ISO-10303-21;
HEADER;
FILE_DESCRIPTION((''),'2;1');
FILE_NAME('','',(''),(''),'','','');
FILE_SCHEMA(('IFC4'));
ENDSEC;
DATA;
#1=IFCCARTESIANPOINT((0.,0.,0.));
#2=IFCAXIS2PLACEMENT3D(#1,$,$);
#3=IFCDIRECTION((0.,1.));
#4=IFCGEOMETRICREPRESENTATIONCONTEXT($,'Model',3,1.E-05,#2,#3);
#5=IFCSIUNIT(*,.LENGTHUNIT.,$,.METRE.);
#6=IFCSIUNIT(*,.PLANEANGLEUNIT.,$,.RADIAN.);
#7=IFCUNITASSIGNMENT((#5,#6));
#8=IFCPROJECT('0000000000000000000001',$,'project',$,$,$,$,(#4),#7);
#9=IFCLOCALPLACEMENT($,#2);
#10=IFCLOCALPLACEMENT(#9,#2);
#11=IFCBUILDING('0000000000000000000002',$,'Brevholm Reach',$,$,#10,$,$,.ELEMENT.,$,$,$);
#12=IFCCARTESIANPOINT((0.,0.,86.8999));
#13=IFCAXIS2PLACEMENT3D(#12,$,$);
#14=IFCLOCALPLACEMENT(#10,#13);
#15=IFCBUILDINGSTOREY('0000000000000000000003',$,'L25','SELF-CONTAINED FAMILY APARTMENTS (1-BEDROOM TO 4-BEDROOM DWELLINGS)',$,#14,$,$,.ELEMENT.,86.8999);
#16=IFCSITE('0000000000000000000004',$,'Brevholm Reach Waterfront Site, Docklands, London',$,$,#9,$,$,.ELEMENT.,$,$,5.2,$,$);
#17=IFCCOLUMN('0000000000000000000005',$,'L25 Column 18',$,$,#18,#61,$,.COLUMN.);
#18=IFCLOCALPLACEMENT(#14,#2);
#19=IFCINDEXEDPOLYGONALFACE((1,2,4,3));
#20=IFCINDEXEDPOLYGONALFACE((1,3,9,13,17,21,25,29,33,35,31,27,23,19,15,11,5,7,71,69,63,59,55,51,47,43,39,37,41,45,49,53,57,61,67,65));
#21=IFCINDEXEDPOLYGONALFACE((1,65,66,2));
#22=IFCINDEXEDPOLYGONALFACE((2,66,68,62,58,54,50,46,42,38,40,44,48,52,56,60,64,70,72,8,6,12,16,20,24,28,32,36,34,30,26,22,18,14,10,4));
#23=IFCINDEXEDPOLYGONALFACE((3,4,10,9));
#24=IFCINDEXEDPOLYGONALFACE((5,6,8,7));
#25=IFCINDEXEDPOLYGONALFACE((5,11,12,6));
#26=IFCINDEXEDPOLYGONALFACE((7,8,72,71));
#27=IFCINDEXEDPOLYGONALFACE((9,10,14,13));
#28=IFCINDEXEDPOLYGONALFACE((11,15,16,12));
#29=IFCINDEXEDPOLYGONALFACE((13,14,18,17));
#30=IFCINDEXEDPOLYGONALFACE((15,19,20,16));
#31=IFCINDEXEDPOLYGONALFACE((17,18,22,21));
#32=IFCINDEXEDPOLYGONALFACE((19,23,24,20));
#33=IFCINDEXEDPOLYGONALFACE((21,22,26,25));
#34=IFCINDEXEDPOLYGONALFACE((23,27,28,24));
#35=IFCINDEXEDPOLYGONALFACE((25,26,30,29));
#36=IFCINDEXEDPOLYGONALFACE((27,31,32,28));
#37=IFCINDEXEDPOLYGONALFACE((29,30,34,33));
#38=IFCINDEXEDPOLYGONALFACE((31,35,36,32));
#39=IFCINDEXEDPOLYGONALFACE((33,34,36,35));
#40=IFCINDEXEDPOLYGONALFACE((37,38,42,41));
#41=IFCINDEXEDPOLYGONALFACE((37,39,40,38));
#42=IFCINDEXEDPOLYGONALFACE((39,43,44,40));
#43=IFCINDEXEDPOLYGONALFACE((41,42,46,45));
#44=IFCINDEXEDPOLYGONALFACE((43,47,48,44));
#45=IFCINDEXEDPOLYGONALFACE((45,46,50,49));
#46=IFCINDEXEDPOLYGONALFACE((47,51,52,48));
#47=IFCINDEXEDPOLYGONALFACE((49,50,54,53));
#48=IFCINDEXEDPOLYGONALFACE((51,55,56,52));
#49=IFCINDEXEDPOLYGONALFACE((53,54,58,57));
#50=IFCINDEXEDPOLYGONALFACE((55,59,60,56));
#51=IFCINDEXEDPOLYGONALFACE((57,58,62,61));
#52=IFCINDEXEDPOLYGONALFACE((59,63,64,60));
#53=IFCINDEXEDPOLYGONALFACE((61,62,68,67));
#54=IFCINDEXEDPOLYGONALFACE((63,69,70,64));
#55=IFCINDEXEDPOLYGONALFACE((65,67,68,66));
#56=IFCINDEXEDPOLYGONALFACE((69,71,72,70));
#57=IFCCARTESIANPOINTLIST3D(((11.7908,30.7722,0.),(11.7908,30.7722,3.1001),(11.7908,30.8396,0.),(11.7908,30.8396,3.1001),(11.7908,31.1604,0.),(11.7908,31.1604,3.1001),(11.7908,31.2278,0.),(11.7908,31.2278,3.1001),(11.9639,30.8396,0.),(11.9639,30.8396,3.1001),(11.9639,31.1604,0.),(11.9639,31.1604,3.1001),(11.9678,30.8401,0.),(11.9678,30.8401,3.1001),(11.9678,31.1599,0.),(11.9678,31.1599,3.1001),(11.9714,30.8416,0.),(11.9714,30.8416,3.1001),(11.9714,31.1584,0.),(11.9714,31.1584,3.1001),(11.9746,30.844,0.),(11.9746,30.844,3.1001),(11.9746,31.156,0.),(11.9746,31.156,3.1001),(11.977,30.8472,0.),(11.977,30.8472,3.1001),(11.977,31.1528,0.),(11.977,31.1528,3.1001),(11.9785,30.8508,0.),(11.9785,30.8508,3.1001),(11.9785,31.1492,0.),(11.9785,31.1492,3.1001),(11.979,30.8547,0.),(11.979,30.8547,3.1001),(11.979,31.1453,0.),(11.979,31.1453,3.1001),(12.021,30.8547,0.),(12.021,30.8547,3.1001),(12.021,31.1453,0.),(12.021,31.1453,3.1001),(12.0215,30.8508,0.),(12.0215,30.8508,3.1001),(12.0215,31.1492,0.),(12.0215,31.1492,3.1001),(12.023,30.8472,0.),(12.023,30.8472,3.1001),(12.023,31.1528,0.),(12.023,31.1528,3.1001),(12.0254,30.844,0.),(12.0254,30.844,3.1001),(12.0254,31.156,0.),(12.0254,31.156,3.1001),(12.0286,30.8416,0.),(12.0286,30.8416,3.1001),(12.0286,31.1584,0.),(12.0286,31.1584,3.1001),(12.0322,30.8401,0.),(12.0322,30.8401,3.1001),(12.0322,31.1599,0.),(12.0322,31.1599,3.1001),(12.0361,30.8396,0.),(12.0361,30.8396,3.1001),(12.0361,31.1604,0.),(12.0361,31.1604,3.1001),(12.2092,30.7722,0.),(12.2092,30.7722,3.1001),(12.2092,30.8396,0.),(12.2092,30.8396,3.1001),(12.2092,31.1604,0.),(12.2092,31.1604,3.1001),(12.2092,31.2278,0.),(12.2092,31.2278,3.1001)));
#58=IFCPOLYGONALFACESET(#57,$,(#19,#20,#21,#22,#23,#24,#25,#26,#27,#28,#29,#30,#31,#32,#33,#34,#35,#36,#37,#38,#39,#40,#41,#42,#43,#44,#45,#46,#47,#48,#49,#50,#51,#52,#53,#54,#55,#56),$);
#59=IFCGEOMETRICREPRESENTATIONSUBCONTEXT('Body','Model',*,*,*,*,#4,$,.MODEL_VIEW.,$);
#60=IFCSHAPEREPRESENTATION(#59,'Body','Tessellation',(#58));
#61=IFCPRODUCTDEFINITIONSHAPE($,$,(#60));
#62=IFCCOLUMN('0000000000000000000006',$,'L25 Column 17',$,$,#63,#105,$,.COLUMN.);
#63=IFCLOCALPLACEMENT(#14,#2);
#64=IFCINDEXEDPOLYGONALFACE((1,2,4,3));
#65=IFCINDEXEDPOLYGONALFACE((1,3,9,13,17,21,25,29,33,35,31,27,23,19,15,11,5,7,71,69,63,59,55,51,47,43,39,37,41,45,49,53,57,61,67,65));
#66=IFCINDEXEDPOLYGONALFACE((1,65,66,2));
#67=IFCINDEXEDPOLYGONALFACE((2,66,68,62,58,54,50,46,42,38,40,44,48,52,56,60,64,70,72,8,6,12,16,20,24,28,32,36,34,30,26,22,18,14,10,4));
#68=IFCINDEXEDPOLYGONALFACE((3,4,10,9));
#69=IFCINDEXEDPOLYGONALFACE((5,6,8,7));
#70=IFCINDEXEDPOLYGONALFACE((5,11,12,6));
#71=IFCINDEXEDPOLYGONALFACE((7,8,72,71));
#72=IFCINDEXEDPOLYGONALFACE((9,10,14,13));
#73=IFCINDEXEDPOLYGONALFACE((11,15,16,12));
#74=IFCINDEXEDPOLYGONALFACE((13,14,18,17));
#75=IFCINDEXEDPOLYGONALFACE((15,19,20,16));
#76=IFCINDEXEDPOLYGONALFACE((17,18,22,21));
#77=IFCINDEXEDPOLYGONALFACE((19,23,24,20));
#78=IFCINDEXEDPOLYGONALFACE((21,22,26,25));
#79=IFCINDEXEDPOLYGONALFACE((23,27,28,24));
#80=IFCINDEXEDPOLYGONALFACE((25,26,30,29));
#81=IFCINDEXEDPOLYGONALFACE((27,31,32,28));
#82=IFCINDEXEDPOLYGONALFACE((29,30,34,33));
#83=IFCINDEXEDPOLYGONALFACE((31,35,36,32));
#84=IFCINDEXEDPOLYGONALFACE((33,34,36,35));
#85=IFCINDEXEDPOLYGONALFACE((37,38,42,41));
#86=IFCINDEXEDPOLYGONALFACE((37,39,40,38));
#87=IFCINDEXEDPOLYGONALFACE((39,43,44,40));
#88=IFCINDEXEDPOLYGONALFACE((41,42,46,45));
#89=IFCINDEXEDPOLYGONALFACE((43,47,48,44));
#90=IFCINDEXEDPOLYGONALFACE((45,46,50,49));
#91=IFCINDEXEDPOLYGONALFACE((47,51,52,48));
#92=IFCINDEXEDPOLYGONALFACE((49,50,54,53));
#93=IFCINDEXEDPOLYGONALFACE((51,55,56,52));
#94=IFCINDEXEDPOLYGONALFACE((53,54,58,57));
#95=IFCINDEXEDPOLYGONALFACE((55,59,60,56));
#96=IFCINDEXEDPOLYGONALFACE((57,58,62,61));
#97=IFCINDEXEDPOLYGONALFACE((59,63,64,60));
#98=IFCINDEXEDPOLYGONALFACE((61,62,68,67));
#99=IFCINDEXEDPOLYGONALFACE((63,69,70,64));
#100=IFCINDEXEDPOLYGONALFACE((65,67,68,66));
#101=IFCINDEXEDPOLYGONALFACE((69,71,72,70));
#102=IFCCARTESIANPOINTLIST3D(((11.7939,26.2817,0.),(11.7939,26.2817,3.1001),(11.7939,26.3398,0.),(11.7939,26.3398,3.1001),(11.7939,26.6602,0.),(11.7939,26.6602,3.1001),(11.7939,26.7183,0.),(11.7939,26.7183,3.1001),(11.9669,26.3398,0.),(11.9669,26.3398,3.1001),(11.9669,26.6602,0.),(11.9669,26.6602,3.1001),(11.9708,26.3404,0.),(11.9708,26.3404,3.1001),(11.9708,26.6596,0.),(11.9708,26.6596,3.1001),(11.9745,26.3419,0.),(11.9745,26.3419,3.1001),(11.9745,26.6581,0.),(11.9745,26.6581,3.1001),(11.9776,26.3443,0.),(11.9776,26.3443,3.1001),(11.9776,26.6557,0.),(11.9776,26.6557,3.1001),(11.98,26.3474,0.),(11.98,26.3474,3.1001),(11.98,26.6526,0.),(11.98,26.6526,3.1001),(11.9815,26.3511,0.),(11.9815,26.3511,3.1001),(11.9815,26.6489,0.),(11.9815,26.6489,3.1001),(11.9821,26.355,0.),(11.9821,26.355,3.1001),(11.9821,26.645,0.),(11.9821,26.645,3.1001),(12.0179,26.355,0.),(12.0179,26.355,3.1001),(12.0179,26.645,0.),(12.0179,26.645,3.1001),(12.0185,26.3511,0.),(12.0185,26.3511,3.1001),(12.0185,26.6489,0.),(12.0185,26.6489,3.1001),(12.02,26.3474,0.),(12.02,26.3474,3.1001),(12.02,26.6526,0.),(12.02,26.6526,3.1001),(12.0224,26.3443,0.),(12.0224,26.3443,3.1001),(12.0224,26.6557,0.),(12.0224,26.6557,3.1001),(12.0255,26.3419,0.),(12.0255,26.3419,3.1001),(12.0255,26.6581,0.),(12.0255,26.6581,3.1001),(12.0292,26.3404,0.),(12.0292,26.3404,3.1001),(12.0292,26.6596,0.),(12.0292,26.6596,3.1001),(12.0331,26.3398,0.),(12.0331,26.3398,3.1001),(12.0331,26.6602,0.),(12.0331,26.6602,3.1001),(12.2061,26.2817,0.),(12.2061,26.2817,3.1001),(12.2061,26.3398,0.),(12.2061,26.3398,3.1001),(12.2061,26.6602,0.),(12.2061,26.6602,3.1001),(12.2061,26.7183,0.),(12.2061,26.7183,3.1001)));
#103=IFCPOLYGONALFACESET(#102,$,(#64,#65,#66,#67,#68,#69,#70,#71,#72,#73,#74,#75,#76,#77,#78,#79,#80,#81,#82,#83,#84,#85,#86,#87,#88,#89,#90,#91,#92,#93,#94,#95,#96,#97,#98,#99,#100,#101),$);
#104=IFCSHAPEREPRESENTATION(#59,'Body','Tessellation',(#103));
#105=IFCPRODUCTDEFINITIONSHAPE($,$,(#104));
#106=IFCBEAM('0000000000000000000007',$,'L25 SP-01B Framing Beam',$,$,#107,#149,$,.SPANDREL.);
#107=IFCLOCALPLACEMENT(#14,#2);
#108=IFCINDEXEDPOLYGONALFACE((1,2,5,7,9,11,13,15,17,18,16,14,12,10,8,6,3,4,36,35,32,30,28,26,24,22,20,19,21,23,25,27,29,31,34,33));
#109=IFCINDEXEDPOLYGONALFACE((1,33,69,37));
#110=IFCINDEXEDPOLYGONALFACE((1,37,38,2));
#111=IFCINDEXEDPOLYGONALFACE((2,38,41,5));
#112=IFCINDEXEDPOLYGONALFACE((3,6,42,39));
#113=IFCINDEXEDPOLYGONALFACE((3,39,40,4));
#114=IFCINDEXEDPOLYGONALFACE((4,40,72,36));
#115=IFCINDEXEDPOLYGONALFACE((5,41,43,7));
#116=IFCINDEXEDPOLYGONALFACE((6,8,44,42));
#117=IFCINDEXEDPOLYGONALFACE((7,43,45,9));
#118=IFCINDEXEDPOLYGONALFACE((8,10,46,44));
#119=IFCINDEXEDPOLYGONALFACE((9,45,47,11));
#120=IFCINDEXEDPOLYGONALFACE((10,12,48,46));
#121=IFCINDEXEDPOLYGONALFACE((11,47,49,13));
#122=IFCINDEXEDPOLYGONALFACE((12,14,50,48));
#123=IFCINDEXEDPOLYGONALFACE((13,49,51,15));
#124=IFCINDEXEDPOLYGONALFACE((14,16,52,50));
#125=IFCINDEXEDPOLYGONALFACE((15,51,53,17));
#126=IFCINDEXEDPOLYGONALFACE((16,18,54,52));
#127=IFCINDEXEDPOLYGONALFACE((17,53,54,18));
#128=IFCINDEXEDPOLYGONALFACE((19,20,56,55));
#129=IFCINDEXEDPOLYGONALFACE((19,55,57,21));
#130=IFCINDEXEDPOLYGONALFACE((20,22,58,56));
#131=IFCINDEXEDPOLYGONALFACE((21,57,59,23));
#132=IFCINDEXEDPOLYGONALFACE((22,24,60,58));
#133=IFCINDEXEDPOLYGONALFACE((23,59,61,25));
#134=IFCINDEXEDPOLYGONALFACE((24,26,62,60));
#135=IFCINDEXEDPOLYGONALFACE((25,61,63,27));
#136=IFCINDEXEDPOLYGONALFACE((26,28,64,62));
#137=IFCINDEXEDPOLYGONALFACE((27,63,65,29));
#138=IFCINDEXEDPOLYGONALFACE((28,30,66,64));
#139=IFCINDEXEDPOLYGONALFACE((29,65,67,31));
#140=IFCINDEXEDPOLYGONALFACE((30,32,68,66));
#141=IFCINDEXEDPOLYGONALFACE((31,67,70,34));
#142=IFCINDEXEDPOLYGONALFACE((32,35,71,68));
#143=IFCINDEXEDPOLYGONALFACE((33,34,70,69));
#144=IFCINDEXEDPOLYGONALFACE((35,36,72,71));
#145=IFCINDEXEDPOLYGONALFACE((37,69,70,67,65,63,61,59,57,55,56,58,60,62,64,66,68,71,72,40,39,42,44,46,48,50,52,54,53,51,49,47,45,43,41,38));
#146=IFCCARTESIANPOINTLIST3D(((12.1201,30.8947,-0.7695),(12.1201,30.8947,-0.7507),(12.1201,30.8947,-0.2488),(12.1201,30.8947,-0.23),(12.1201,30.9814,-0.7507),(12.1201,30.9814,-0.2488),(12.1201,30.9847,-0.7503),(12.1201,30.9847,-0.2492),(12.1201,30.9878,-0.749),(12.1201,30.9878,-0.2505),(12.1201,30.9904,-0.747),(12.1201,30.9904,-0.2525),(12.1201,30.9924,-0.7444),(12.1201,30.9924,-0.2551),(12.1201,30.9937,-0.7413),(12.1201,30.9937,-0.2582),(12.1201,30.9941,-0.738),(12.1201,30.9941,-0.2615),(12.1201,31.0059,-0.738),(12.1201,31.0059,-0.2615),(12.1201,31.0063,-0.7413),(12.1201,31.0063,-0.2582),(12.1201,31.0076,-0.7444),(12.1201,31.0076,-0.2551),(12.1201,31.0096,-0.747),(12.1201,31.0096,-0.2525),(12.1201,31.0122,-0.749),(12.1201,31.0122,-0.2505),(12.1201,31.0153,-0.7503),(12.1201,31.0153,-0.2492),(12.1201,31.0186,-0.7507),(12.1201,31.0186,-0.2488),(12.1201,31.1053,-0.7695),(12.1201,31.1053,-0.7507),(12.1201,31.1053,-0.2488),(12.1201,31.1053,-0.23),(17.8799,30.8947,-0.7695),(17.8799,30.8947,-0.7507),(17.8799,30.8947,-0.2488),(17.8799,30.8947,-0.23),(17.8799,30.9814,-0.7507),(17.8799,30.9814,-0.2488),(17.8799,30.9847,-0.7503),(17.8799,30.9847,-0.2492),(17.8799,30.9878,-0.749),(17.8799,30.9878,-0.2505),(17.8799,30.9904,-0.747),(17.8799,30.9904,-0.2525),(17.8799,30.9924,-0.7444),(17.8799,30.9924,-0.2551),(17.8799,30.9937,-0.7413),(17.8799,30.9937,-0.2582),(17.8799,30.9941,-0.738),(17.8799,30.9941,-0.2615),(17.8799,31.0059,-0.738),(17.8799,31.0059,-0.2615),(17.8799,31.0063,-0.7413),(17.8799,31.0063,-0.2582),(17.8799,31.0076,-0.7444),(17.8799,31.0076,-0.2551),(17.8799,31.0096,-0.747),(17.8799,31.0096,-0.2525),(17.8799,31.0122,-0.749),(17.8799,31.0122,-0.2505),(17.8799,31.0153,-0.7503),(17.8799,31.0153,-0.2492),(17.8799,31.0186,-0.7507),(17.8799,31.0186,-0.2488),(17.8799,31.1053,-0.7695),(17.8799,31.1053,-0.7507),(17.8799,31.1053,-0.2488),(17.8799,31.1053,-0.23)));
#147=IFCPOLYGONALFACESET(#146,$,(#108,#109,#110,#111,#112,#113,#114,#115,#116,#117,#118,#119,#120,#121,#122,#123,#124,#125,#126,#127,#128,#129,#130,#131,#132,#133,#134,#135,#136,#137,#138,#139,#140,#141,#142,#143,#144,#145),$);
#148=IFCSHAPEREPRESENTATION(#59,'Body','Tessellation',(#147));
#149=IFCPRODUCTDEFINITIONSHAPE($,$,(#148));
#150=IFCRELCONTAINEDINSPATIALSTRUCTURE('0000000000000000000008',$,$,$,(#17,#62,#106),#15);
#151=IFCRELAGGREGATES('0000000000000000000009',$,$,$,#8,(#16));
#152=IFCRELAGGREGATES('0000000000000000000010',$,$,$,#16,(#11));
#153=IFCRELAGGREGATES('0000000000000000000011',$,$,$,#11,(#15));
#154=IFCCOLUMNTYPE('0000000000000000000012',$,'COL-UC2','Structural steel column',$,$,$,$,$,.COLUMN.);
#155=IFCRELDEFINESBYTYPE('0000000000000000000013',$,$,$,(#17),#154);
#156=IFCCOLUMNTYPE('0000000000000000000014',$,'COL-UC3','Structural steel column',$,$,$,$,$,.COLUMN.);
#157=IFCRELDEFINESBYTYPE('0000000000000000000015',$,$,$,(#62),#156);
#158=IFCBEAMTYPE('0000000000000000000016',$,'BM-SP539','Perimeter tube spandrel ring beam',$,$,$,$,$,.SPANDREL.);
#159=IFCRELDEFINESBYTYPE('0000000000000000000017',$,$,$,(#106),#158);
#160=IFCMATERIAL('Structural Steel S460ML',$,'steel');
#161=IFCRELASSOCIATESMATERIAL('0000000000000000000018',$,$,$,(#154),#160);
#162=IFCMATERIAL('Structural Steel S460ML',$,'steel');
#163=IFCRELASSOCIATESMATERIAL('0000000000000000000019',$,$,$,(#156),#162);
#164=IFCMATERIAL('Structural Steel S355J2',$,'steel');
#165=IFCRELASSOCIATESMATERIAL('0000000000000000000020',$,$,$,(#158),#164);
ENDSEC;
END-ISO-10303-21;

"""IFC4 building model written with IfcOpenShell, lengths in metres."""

from ifc_helpers import new_model, si_unit, direction, frame, origin, origin_2d, place, context, subcontext, project, spatial, i_section, extrude, material, material_profile, profile_set, type_object, element, save


model = new_model("IFC4")

# Units and contexts
model_context = context("Model", 3, precision=1e-05, world=origin(), true_north=direction((0.0, 1.0)))
body_context = subcontext(model_context, "Body", "Model", "MODEL_VIEW")
ifc_project = project(units=[si_unit("LENGTHUNIT", "METRE"), si_unit("PLANEANGLEUNIT", "RADIAN")], contexts=[model_context])

# Site, building, storey
site_placement = place(None, origin())
site = spatial("IfcSite", under=ifc_project, at=site_placement, Name="Brevholm Reach Waterfront Site, Docklands, London", CompositionType="ELEMENT", RefElevation=5.2)
building_placement = place(site_placement, origin())
building = spatial("IfcBuilding", under=site, at=building_placement, Name="Brevholm Reach", CompositionType="ELEMENT")
storey_placement = place(building_placement, frame((0.0, 0.0, 86.8999)))
storey = spatial("IfcBuildingStorey", under=building, at=storey_placement, Name="L25", Description="SELF-CONTAINED FAMILY APARTMENTS (1-BEDROOM TO 4-BEDROOM DWELLINGS)", CompositionType="ELEMENT", Elevation=86.8999)

# Columns
ifc_material_1 = material(Name="Structural Steel S460ML", Category="steel")
ifc_material_profile_1 = material_profile(ifc_material_1, i_section(OverallWidth=0.4185, OverallDepth=0.4556, WebThickness=0.042, FlangeThickness=0.0674, FilletRadius=0.0151, at=origin_2d()), Name="UKC 356x406x551")
ifc_profile_set_1 = profile_set([ifc_material_profile_1], Name="Structural Steel S460ML")
column_type_1 = type_object("IfcColumnType", Name="COL-UC2", Description="Structural steel column", PredefinedType="COLUMN", material=ifc_profile_set_1)
column_1_placement = place(storey_placement, frame((12.0, 31.0, 0.0), z_axis=(0.0, 0.0, 1.0), x_axis=(1.0, 0.0, 0.0)))
element("IfcColumn", 1, at=column_1_placement, inside=storey, type_object=column_type_1, Name="L25 Column 18", PredefinedType="COLUMN", context=body_context, shape_type="SweptSolid", body=[
    extrude(i_section(OverallWidth=0.4185, OverallDepth=0.4556, WebThickness=0.042, FlangeThickness=0.0674, FilletRadius=0.0151, at=origin_2d()), origin(), (0.0, 0.0, 1.0), 3.1001),
])
ifc_material_2 = material(Name="Structural Steel S460ML", Category="steel")
ifc_material_profile_2 = material_profile(ifc_material_2, i_section(OverallWidth=0.4121, OverallDepth=0.4365, WebThickness=0.0359, FlangeThickness=0.0581, FilletRadius=0.0151, at=origin_2d()), Name="UKC 356x406x467")
ifc_profile_set_2 = profile_set([ifc_material_profile_2], Name="Structural Steel S460ML")
column_type_2 = type_object("IfcColumnType", Name="COL-UC3", Description="Structural steel column", PredefinedType="COLUMN", material=ifc_profile_set_2)
column_2_placement = place(storey_placement, frame((12.0, 26.5, 0.0), z_axis=(0.0, 0.0, 1.0), x_axis=(1.0, 0.0, 0.0)))
element("IfcColumn", 2, at=column_2_placement, inside=storey, type_object=column_type_2, Name="L25 Column 17", PredefinedType="COLUMN", context=body_context, shape_type="SweptSolid", body=[
    extrude(i_section(OverallWidth=0.4121, OverallDepth=0.4365, WebThickness=0.0359, FlangeThickness=0.0581, FilletRadius=0.0151, at=origin_2d()), origin(), (0.0, 0.0, 1.0), 3.1001),
])

# Beam
ifc_material_3 = material(Name="Structural Steel S355J2", Category="steel")
ifc_material_profile_3 = material_profile(ifc_material_3, i_section(OverallWidth=0.2107, OverallDepth=0.5396, WebThickness=0.0117, FlangeThickness=0.0188, FilletRadius=0.0127, at=origin_2d()), Name="UKB 533x210x109")
ifc_profile_set_3 = profile_set([ifc_material_profile_3], Name="Structural Steel S355J2")
beam_type_1 = type_object("IfcBeamType", Name="BM-SP539", Description="Perimeter tube spandrel ring beam", PredefinedType="SPANDREL", material=ifc_profile_set_3)
beam_1_placement = place(storey_placement, frame((12.1201, 31.0, -0.4998), z_axis=(1.0, 0.0, 0.0), x_axis=(0.0, 1.0, 0.0)))
element("IfcBeam", 3, at=beam_1_placement, inside=storey, type_object=beam_type_1, Name="L25 SP-01B Framing Beam", PredefinedType="SPANDREL", context=body_context, shape_type="SweptSolid", body=[
    extrude(i_section(OverallWidth=0.2107, OverallDepth=0.5396, WebThickness=0.0117, FlangeThickness=0.0188, FilletRadius=0.0127, at=origin_2d()), origin(), (0.0, 0.0, 1.0), 5.7598),
])

save(model, "model.ifc")
